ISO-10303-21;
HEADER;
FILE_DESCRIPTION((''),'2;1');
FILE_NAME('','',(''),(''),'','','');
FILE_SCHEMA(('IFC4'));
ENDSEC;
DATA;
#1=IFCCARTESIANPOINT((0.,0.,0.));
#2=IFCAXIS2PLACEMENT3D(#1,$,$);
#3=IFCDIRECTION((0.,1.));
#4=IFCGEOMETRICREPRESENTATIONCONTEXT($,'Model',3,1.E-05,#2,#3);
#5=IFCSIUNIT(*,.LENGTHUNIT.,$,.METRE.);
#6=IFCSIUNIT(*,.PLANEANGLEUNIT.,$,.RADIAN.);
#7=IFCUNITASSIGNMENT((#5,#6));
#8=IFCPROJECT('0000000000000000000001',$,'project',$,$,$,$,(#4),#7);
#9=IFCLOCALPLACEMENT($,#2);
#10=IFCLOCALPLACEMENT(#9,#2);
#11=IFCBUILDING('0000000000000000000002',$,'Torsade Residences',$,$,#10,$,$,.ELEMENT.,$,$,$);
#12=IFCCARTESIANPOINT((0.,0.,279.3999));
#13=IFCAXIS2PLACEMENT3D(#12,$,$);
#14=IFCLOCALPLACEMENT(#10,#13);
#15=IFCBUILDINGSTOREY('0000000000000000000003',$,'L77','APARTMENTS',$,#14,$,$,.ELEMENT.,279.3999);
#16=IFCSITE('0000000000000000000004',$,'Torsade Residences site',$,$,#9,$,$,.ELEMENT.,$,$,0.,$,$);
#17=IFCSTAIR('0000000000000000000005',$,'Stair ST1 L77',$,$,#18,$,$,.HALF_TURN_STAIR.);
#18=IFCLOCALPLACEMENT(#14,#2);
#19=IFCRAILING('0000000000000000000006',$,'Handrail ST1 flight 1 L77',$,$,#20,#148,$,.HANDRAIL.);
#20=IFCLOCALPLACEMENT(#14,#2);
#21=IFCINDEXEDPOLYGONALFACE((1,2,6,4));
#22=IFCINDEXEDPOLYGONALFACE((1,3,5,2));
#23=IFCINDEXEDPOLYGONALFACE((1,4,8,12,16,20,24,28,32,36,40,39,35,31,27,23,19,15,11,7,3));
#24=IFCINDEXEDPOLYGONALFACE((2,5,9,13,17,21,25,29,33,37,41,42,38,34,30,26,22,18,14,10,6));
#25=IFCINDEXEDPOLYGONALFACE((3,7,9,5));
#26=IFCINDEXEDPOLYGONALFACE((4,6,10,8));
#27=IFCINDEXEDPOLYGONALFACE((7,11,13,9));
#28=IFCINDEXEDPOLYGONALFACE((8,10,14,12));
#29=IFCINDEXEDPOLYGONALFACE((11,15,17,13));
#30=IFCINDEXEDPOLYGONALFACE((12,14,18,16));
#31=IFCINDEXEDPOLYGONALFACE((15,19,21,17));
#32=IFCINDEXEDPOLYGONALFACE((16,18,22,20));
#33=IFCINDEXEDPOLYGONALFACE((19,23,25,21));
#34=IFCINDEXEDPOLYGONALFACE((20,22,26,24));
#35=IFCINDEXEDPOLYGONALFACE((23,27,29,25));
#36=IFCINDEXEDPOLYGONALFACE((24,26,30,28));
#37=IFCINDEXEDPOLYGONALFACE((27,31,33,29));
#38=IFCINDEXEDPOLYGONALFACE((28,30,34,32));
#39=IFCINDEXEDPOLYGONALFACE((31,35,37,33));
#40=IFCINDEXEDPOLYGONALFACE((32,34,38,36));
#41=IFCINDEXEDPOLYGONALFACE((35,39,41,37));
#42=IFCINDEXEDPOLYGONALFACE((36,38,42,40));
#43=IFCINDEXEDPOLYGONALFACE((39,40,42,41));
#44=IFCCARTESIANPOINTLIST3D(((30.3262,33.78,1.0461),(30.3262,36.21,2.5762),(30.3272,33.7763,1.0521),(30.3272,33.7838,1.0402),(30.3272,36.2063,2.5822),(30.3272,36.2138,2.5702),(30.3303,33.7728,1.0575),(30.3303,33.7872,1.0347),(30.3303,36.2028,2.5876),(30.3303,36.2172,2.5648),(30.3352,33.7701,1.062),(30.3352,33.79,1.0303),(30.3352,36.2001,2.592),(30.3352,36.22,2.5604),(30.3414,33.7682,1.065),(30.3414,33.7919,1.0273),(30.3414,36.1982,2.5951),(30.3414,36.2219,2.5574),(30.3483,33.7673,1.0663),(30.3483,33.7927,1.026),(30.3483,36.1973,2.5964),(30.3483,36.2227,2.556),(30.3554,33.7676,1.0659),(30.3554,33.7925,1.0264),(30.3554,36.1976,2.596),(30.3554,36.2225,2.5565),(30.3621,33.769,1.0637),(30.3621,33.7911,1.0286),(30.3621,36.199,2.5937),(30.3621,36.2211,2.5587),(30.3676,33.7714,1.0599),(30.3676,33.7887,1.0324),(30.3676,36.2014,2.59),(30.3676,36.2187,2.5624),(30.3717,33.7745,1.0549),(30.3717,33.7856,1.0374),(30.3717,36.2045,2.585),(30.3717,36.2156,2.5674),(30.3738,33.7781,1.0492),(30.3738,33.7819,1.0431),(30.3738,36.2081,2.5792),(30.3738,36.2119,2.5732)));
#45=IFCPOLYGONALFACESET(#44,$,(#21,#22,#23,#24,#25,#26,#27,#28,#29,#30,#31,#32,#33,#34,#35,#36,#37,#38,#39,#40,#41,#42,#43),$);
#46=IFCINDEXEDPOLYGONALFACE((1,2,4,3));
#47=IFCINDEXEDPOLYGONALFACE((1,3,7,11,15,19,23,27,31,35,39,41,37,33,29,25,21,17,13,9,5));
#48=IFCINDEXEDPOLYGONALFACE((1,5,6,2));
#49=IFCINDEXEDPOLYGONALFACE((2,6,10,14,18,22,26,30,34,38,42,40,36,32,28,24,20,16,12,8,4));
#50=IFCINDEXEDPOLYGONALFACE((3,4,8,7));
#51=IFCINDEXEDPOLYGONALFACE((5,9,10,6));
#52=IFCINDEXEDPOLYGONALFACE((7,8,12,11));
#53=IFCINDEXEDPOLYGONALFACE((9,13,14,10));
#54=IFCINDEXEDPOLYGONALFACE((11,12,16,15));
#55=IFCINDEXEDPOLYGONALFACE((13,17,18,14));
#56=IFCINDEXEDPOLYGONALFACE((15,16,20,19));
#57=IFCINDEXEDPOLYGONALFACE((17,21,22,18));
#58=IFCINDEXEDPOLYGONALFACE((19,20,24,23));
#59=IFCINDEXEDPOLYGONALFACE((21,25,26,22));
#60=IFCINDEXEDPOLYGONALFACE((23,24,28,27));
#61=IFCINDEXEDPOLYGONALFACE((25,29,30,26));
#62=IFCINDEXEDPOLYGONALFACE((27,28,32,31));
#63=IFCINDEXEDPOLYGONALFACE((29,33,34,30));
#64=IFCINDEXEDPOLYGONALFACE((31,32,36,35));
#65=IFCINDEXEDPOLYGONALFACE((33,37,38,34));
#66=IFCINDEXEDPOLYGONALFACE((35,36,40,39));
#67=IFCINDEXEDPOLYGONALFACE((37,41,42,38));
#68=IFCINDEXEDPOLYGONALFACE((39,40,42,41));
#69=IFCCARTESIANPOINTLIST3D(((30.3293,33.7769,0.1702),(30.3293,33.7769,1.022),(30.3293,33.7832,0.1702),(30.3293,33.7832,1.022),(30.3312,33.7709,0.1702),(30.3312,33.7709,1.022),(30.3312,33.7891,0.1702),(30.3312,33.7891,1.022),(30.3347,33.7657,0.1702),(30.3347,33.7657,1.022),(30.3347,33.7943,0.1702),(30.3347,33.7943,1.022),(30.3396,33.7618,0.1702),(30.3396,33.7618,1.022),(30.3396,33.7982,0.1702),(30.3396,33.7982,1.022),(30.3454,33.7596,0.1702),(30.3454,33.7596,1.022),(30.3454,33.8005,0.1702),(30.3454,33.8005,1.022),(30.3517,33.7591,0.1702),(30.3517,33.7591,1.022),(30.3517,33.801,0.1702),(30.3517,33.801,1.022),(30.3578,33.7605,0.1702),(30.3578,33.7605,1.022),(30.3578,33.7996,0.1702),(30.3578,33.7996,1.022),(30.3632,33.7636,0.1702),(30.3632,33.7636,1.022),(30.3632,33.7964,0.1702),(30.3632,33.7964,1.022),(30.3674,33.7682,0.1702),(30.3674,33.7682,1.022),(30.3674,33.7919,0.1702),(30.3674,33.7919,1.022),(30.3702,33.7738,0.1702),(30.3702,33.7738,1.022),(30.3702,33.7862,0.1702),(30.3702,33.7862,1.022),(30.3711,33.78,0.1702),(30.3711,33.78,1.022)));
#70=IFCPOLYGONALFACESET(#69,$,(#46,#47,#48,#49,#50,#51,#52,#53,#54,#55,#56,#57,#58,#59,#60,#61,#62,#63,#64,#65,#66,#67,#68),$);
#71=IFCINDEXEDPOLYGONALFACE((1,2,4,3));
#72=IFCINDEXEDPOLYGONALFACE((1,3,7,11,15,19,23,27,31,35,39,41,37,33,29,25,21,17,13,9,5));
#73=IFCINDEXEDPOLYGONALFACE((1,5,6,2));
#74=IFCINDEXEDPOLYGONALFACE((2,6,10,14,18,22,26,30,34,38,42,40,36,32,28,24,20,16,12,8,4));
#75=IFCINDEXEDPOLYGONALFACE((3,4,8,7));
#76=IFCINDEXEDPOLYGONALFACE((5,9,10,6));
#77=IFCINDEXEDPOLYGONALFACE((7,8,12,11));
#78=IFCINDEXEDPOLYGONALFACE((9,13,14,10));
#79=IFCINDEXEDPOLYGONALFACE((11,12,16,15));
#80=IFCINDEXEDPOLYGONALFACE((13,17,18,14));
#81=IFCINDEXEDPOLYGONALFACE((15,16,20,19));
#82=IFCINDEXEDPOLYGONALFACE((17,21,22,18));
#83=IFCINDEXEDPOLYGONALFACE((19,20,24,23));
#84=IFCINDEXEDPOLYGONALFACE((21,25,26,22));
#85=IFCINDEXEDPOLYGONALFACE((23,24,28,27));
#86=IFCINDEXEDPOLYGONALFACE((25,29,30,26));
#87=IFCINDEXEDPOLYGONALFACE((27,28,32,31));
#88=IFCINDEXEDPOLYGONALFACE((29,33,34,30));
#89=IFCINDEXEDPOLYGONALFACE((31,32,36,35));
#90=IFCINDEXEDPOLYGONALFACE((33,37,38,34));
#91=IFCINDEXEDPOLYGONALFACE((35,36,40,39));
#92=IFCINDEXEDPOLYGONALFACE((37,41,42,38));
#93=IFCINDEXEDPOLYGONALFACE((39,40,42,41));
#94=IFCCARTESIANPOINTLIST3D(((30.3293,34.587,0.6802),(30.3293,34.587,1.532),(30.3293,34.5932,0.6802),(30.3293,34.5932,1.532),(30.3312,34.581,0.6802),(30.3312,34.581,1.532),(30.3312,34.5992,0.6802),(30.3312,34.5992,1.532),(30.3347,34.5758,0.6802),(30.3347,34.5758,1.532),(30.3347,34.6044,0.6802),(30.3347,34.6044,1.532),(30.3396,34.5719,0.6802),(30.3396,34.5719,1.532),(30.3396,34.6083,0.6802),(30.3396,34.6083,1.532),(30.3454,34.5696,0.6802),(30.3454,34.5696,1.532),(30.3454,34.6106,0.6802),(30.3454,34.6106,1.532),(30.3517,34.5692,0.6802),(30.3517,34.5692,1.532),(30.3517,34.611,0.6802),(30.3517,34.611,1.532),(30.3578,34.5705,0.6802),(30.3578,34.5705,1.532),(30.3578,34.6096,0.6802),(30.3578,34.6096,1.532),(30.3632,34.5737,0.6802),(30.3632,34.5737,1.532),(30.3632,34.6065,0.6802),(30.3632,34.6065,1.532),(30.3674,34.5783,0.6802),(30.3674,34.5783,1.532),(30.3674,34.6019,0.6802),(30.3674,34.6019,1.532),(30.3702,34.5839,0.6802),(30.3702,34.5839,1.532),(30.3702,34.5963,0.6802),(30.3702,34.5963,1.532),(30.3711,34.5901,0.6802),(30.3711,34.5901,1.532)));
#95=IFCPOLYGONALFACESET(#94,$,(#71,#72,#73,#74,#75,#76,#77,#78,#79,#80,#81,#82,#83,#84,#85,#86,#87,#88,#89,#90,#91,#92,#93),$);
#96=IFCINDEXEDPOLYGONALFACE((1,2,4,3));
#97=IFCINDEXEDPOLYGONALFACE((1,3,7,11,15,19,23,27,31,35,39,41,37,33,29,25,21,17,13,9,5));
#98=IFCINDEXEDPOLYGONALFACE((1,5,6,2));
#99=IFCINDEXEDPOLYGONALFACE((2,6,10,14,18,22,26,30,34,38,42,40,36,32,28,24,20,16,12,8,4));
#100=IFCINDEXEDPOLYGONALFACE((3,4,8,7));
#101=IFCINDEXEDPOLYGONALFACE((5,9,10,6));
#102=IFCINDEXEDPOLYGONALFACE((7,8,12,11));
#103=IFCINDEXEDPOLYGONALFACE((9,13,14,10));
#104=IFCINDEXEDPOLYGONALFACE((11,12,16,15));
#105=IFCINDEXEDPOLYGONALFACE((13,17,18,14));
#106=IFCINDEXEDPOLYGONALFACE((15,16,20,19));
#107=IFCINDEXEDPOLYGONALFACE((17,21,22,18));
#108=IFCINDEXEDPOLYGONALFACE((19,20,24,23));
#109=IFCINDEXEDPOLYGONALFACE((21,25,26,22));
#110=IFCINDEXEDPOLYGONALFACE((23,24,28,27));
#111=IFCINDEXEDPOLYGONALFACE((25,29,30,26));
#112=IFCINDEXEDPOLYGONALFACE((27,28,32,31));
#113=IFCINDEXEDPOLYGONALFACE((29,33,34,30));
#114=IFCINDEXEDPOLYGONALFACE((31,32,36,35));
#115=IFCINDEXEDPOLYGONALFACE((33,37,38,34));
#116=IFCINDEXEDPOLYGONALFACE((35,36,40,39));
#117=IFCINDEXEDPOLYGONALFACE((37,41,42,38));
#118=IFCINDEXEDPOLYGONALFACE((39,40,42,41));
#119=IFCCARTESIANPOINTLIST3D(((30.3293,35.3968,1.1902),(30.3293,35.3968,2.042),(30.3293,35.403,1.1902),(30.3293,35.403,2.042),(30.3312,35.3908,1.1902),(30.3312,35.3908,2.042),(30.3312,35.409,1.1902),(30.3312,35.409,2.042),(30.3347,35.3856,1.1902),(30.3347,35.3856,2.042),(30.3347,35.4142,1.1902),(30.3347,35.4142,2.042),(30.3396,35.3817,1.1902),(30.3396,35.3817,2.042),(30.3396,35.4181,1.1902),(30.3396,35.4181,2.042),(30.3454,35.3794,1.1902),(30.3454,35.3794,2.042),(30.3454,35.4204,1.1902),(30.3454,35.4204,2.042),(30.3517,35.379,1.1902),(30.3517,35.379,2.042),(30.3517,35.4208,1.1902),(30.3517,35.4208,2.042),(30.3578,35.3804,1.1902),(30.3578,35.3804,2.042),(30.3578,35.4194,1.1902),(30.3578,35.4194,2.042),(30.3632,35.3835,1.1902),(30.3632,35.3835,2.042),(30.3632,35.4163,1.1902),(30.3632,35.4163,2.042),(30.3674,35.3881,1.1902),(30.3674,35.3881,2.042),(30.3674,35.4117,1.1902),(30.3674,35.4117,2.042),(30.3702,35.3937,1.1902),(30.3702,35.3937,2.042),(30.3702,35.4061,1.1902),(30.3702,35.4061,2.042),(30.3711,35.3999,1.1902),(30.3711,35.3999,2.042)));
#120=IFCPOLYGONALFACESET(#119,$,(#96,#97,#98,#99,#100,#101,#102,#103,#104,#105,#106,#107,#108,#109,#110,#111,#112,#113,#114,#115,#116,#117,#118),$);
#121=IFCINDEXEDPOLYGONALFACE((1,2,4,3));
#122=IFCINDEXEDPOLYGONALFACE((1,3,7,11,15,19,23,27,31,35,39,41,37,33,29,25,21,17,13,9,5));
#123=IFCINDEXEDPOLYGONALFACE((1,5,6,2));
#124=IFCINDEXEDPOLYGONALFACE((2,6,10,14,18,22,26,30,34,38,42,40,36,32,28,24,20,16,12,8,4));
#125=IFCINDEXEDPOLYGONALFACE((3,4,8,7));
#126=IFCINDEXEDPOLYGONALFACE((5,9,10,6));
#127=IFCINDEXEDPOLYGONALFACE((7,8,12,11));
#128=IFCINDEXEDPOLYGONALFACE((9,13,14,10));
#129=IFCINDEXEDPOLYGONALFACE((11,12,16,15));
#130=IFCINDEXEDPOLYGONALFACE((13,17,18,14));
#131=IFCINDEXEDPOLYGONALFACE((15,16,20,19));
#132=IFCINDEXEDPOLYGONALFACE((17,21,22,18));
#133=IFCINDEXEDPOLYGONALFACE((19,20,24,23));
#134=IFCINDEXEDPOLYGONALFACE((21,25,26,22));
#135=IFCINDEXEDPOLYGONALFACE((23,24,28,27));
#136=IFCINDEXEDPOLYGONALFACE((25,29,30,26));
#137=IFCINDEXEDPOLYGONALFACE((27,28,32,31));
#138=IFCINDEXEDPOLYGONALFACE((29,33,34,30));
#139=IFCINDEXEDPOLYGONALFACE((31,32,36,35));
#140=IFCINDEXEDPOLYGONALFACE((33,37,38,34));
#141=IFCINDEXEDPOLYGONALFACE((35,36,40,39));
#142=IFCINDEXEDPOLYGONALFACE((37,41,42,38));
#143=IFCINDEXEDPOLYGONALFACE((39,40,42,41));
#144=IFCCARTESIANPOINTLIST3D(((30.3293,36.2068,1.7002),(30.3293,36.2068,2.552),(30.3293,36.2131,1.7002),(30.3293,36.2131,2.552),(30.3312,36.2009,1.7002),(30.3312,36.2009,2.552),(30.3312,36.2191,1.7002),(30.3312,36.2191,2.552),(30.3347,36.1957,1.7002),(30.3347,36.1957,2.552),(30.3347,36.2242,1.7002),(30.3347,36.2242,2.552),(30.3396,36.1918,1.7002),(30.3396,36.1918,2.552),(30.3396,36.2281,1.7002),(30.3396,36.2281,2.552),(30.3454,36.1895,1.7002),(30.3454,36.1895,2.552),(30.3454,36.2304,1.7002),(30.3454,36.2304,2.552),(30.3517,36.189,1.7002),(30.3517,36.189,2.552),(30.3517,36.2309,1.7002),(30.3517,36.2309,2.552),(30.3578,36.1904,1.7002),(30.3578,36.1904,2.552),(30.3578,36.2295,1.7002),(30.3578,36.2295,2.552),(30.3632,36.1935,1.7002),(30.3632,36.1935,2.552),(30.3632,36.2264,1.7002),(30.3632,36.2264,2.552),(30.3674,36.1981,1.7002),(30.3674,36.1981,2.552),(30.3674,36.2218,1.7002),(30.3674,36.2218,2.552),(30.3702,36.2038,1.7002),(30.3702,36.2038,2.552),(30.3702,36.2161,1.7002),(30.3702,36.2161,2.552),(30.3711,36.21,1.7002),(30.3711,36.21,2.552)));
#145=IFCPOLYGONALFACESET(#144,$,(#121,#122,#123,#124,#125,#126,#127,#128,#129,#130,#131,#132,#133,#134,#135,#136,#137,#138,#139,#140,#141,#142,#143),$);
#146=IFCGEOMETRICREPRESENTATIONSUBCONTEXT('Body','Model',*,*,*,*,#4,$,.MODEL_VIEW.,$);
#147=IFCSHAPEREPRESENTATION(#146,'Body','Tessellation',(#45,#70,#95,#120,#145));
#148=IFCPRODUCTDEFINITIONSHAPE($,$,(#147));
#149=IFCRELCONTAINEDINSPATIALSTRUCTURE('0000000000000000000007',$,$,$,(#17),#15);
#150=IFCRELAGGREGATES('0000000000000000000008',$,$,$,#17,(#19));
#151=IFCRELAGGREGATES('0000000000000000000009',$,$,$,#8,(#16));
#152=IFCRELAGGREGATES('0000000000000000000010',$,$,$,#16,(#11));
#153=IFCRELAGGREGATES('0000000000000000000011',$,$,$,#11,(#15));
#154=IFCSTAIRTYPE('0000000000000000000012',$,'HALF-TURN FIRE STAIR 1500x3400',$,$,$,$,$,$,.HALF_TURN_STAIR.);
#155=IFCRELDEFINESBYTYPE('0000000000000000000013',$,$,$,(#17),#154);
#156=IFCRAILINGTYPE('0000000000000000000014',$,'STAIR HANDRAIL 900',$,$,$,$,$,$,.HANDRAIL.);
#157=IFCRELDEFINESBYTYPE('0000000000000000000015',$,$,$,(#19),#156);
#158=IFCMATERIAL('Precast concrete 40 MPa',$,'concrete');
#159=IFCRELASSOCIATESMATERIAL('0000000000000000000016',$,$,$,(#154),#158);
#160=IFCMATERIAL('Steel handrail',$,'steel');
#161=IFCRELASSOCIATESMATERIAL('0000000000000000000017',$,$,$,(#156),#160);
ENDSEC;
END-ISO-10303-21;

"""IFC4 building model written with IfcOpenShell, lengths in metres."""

from ifc_helpers import new_model, si_unit, direction, frame, origin, origin_2d, place, context, subcontext, project, spatial, circle, extrude, material, type_object, element, aggregate, save


model = new_model("IFC4")

# Units and contexts
model_context = context("Model", 3, precision=1e-05, world=origin(), true_north=direction((0.0, 1.0)))
body_context = subcontext(model_context, "Body", "Model", "MODEL_VIEW")
ifc_project = project(units=[si_unit("LENGTHUNIT", "METRE"), si_unit("PLANEANGLEUNIT", "RADIAN")], contexts=[model_context])

# Site, building, storey
site_placement = place(None, origin())
site = spatial("IfcSite", under=ifc_project, at=site_placement, Name="Torsade Residences site", CompositionType="ELEMENT", RefElevation=0.0)
building_placement = place(site_placement, origin())
building = spatial("IfcBuilding", under=site, at=building_placement, Name="Torsade Residences", CompositionType="ELEMENT")
storey_placement = place(building_placement, frame((0.0, 0.0, 279.3999)))
storey = spatial("IfcBuildingStorey", under=building, at=storey_placement, Name="L77", Description="APARTMENTS", CompositionType="ELEMENT", Elevation=279.3999)

# Stair, railing
ifc_material_1 = material(Name="Precast concrete 40 MPa", Category="concrete")
stair_type = type_object("IfcStairType", Name="HALF-TURN FIRE STAIR 1500x3400", PredefinedType="HALF_TURN_STAIR", material=ifc_material_1)
stair_placement = place(storey_placement, origin())
stair = element("IfcStair", 1, at=stair_placement, inside=storey, type_object=stair_type, Name="Stair ST1 L77", PredefinedType="HALF_TURN_STAIR")
ifc_material_2 = material(Name="Steel handrail", Category="steel")
railing_type = type_object("IfcRailingType", Name="STAIR HANDRAIL 900", PredefinedType="HANDRAIL", material=ifc_material_2)
railing_1_placement = place(storey_placement, frame((30.3501, 33.78, 0.1702)))
railing_1 = element("IfcRailing", 2, at=railing_1_placement, type_object=railing_type, Name="Handrail ST1 flight 1 L77", PredefinedType="HANDRAIL", context=body_context, shape_type="SweptSolid", body=[
    extrude(circle(Radius=0.0239, at=origin_2d()), frame((0.0, 0.0, 0.876), z_axis=(0.0, 0.846221, 0.532831), x_axis=(-1.0, 0.0, 0.0)), (0.0, 0.0, 1.0), 2.8716),
    extrude(circle(Radius=0.021, at=origin_2d()), origin(), (0.0, 0.0, 1.0), 0.8518),
    extrude(circle(Radius=0.021, at=origin_2d()), frame((0.0, 0.8101, 0.51)), (0.0, 0.0, 1.0), 0.8518),
    extrude(circle(Radius=0.021, at=origin_2d()), frame((0.0, 1.6199, 1.02)), (0.0, 0.0, 1.0), 0.8518),
    extrude(circle(Radius=0.021, at=origin_2d()), frame((0.0, 2.4299, 1.53)), (0.0, 0.0, 1.0), 0.8518),
])
aggregate(stair, [railing_1])

save(model, "model.ifc")
